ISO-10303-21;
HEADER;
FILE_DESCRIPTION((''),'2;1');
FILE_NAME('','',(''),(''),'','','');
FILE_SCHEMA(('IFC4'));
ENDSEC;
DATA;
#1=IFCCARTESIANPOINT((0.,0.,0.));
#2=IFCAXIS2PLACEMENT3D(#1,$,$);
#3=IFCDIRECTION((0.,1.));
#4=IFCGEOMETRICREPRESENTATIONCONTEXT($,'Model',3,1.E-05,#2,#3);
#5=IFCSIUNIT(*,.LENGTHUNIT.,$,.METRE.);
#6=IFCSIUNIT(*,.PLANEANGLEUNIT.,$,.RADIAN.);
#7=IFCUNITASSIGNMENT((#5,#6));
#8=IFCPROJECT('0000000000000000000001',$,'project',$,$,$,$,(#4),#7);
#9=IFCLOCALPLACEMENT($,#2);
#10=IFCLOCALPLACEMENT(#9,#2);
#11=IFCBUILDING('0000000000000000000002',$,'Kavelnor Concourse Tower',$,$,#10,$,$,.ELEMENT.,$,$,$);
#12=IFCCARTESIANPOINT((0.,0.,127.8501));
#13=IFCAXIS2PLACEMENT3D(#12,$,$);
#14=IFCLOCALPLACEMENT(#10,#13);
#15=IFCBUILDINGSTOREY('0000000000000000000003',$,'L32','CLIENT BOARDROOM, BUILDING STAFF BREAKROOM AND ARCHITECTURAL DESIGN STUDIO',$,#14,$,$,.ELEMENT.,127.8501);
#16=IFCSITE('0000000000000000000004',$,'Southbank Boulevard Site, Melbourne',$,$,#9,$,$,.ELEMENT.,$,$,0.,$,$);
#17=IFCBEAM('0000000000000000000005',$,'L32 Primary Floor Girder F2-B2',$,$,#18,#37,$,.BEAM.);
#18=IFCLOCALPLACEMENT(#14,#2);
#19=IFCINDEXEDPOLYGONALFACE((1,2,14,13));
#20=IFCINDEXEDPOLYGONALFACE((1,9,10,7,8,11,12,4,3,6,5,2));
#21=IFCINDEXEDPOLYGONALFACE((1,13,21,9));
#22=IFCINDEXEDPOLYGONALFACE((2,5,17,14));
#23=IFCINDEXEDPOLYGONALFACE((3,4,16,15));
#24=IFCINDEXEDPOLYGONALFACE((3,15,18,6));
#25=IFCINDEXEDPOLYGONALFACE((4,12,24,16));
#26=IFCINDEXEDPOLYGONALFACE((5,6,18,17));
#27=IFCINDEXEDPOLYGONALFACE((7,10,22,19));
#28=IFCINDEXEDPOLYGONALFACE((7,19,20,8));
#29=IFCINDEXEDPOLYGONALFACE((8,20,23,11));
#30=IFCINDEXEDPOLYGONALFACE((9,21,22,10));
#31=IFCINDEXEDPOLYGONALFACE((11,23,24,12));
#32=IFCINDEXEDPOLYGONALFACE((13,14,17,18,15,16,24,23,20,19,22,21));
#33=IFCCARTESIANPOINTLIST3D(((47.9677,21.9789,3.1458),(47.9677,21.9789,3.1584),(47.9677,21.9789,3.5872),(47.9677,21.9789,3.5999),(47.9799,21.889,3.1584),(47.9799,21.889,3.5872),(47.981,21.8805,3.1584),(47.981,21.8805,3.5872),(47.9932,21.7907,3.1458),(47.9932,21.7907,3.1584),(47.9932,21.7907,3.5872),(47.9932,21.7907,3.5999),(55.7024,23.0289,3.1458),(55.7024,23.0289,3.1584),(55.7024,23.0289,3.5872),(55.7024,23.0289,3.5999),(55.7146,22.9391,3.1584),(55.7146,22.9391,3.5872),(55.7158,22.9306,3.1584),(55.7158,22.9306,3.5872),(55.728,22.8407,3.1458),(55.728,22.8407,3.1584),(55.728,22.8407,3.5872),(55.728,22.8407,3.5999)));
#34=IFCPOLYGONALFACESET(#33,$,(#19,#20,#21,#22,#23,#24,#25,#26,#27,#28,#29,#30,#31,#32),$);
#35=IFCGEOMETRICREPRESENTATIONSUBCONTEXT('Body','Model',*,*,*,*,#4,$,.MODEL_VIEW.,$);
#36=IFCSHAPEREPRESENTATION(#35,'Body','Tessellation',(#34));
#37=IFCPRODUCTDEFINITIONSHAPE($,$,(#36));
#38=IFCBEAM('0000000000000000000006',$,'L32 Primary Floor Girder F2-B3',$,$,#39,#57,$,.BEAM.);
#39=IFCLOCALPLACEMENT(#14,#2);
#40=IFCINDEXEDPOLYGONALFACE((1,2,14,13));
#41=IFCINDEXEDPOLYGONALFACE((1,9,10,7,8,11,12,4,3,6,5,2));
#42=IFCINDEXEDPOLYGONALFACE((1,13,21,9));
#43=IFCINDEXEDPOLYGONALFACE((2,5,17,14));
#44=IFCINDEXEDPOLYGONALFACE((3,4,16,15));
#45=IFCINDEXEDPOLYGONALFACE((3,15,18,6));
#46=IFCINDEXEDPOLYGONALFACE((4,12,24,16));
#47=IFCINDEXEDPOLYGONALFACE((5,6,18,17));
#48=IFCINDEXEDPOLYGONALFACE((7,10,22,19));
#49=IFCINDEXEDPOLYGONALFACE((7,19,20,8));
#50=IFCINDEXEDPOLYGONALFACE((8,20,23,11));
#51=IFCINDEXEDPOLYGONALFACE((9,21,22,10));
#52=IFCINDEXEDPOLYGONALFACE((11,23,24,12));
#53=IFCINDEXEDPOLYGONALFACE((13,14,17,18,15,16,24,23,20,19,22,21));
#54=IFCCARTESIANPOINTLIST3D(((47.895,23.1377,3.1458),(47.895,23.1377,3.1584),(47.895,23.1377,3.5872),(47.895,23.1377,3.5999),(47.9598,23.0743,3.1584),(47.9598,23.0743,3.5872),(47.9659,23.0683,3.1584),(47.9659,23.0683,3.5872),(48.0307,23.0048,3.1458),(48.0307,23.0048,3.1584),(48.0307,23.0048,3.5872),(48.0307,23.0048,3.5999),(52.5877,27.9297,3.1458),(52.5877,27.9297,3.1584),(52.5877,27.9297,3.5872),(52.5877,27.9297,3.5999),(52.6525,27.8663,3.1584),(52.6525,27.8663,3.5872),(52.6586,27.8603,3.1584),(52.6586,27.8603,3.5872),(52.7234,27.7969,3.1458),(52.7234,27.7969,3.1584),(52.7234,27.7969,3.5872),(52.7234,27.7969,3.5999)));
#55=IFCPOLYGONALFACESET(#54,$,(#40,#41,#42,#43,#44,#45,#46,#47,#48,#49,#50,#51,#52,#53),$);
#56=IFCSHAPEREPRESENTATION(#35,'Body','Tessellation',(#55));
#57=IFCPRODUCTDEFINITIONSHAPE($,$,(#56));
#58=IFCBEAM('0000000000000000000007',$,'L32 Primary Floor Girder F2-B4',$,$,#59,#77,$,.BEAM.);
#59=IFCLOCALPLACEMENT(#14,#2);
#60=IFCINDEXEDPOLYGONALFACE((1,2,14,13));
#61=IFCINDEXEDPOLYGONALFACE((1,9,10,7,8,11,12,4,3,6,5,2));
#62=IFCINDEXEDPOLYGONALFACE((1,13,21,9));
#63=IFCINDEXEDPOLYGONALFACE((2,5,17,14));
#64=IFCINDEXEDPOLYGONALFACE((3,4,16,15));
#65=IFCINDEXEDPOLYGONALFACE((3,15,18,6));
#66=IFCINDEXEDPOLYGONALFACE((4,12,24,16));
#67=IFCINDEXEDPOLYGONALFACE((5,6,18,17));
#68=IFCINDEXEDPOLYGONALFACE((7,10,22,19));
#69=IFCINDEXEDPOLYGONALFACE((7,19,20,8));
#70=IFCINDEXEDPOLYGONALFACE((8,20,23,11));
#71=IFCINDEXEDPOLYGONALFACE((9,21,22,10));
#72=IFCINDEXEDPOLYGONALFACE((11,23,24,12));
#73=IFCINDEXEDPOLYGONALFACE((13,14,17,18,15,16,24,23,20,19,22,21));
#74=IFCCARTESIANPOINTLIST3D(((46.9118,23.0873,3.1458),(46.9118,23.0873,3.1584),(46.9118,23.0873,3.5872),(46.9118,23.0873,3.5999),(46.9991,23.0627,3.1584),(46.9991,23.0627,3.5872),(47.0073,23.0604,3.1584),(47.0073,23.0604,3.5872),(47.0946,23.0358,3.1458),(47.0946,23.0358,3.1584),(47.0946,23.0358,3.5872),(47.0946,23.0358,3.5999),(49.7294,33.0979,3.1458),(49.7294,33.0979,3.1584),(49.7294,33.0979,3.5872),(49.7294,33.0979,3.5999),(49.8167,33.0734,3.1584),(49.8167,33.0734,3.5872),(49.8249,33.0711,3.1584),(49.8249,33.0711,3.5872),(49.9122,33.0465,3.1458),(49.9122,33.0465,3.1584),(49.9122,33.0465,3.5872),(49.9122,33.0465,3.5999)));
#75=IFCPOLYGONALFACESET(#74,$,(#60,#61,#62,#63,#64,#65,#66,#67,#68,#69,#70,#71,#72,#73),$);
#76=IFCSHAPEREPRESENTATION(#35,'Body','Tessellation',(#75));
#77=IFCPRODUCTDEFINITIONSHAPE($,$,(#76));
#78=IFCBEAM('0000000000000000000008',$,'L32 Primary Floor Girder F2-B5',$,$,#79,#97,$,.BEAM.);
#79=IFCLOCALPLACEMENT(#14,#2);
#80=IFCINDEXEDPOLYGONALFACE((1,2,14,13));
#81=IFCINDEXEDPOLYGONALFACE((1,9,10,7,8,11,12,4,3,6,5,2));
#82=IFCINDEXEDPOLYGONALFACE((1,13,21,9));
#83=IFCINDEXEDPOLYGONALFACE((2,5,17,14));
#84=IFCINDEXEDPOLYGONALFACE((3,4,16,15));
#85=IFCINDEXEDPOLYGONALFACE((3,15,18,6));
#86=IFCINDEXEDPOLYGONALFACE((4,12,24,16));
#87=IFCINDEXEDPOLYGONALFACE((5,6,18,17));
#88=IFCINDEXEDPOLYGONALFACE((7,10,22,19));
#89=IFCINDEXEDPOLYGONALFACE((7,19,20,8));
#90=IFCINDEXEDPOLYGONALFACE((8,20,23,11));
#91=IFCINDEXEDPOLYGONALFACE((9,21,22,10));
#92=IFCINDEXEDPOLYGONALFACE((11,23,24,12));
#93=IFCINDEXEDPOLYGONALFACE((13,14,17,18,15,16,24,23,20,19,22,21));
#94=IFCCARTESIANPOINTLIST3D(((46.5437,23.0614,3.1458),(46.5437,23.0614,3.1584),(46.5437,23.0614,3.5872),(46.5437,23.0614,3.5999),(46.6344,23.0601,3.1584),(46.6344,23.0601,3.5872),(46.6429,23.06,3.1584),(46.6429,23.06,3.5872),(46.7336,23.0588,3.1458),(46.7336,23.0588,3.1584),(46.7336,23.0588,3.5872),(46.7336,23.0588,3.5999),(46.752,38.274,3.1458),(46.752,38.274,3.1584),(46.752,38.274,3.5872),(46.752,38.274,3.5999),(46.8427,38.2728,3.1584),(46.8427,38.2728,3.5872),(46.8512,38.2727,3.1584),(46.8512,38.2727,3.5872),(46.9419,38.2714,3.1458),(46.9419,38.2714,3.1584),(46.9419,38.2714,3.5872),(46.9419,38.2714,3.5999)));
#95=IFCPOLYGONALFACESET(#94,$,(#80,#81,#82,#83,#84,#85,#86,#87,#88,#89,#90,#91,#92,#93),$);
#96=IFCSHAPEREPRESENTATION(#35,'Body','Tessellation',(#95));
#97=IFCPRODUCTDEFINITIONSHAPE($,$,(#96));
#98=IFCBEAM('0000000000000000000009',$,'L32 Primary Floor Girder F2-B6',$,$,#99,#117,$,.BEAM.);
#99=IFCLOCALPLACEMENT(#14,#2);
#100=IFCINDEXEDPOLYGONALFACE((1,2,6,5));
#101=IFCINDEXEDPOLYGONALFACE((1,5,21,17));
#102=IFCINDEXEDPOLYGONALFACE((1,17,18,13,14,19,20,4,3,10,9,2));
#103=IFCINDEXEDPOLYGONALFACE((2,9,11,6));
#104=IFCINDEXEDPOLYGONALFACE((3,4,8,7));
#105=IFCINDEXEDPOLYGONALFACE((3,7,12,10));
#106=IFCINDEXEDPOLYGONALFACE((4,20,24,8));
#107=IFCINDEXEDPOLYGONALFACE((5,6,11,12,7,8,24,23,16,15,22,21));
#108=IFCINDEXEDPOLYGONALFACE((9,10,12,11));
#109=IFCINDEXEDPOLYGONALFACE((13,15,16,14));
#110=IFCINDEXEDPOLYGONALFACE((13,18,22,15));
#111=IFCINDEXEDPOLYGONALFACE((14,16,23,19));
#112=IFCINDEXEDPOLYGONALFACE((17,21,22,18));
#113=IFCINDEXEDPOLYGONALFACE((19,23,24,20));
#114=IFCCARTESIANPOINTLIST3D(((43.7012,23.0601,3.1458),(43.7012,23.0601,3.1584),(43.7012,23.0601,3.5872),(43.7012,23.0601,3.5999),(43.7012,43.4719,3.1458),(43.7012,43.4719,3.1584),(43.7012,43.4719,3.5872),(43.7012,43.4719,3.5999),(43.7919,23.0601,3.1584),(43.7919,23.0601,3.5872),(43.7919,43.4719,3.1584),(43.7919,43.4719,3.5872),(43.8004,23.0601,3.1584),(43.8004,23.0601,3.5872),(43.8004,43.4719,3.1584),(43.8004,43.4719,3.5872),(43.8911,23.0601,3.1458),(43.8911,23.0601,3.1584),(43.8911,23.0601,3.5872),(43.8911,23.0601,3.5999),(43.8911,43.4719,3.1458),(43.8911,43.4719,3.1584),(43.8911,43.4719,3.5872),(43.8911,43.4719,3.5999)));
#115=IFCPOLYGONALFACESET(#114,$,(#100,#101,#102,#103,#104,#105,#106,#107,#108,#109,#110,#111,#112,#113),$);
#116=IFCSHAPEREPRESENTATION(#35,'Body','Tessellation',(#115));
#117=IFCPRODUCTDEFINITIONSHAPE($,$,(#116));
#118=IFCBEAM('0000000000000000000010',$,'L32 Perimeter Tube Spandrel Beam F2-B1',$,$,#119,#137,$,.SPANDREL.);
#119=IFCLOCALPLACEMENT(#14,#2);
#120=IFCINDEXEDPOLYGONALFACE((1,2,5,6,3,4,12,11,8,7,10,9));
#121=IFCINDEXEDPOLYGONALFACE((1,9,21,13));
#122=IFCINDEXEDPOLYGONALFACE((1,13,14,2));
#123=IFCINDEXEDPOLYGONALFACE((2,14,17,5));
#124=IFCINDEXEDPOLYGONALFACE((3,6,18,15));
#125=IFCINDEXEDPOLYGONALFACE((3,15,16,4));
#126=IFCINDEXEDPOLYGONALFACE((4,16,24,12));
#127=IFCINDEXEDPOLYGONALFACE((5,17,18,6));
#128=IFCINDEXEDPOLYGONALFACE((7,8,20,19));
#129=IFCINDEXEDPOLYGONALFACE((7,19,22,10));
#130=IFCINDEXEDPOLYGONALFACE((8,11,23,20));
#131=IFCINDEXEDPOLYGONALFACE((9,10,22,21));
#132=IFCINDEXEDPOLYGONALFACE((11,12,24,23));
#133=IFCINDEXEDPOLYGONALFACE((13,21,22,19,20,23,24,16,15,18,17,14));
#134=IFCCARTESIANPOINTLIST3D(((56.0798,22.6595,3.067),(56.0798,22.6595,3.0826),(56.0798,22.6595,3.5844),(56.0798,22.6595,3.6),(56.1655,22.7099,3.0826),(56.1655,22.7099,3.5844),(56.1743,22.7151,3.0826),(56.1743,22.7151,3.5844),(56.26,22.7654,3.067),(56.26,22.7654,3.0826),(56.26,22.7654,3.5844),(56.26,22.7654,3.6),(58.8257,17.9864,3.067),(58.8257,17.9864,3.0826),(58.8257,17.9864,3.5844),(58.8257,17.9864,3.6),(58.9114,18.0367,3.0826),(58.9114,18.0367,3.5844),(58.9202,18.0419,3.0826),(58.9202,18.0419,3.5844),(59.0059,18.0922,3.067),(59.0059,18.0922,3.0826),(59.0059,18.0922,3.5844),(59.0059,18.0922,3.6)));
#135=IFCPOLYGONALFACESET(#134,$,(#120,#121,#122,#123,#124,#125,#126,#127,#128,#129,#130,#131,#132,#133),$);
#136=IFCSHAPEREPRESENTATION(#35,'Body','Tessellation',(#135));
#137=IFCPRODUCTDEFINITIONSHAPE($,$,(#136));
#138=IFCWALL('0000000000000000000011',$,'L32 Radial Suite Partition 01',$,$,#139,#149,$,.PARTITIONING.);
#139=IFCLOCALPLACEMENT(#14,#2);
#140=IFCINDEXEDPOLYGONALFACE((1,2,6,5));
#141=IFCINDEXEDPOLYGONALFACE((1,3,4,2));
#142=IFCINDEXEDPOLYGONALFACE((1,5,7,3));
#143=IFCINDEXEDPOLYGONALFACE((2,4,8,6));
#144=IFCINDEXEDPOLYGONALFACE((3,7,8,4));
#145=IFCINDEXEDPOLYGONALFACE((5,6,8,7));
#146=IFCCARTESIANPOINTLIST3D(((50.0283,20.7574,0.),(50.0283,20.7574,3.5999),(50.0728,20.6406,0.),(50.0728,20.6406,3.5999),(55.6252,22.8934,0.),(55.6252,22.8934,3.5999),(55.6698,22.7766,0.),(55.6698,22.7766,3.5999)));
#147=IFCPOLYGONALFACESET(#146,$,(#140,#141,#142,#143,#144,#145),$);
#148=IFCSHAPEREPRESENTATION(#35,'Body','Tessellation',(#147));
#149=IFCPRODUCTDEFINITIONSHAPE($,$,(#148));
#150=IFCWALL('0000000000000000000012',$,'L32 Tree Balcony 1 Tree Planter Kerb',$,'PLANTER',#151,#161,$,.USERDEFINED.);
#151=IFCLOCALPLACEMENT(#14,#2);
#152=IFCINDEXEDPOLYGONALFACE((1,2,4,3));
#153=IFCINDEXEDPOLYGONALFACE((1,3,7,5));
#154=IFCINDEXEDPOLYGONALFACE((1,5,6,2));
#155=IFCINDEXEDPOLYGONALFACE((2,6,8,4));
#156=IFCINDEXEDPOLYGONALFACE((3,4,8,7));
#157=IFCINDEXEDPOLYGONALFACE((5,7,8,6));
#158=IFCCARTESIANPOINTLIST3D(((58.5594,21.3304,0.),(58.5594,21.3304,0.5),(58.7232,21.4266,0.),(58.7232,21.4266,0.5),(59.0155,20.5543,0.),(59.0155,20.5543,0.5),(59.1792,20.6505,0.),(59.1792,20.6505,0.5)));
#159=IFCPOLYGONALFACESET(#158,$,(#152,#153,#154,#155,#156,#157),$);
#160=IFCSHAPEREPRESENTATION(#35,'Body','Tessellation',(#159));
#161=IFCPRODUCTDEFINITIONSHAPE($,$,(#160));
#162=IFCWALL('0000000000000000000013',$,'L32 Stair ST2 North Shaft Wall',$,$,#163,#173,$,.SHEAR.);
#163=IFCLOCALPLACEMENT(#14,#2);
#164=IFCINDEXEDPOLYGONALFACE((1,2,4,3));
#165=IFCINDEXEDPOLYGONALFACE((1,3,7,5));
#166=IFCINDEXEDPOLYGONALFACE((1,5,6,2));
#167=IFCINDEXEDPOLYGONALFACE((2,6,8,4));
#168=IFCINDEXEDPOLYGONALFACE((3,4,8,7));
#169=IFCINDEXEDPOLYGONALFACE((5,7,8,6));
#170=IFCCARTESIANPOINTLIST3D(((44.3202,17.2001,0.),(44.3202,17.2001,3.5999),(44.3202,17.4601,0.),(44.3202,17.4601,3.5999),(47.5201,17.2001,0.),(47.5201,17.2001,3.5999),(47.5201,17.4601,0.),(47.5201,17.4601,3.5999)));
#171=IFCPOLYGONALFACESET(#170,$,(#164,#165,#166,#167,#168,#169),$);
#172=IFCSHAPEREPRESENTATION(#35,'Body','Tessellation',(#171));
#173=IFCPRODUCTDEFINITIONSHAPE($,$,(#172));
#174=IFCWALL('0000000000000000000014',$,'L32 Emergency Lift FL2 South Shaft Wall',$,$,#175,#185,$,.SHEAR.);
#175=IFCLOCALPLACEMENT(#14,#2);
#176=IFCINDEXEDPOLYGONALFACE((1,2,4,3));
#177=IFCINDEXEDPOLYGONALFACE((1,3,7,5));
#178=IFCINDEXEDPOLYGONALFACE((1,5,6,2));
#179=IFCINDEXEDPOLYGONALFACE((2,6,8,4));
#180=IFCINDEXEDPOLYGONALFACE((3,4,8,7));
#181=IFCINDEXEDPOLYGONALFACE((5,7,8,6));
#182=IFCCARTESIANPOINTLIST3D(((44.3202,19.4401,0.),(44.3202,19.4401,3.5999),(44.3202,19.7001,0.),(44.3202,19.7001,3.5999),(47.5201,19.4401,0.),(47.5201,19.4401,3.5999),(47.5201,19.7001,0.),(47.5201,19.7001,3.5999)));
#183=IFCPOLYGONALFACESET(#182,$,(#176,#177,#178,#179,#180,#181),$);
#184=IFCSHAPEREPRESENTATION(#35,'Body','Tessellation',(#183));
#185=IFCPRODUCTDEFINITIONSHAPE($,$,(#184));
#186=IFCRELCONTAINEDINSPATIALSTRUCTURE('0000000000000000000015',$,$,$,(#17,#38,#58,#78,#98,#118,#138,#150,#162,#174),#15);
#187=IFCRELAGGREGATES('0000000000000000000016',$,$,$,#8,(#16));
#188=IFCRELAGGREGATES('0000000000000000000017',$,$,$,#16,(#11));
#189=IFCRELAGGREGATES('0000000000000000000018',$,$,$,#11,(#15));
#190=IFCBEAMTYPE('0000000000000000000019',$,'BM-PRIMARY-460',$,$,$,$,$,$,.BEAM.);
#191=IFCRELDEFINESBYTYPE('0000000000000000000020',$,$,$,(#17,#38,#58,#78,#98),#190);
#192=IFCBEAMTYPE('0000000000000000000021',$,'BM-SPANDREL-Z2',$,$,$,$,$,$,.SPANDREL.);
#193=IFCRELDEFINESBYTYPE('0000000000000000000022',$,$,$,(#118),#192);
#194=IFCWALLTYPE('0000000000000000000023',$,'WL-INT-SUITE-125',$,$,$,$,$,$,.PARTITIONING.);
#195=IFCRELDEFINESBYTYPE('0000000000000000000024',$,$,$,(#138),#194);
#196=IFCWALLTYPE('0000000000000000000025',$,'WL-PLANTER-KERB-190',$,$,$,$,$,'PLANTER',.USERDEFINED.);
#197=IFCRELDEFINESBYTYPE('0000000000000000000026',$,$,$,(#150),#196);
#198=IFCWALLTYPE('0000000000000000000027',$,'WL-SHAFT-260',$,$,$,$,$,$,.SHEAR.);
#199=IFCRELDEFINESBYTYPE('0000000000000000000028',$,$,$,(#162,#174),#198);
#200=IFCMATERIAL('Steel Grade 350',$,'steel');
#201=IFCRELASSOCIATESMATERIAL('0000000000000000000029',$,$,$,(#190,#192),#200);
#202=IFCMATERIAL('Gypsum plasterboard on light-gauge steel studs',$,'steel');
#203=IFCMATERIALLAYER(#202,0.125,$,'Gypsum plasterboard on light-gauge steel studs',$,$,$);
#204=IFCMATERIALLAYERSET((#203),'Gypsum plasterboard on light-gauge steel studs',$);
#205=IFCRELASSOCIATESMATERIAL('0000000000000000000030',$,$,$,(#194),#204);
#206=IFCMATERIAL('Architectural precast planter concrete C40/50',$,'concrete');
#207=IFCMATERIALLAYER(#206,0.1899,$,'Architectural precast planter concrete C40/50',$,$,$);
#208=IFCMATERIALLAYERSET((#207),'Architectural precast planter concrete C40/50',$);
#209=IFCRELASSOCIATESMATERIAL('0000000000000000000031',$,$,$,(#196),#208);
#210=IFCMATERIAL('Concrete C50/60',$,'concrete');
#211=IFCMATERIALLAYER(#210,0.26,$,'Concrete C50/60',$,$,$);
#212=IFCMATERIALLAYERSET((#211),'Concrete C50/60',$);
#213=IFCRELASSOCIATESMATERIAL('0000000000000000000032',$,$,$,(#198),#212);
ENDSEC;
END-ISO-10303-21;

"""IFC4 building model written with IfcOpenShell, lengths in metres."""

from ifc_helpers import new_model, si_unit, direction, frame, frame_2d, origin, origin_2d, place, context, subcontext, project, spatial, rectangle, i_section, extrude, material, layer, layer_set, material_profile, profile_set, type_object, element, save


model = new_model("IFC4")

# Units and contexts
model_context = context("Model", 3, precision=1e-05, world=origin(), true_north=direction((0.0, 1.0)))
body_context = subcontext(model_context, "Body", "Model", "MODEL_VIEW")
ifc_project = project(units=[si_unit("LENGTHUNIT", "METRE"), si_unit("PLANEANGLEUNIT", "RADIAN")], contexts=[model_context])

# Site, building, storey
site_placement = place(None, origin())
site = spatial("IfcSite", under=ifc_project, at=site_placement, Name="Southbank Boulevard Site, Melbourne", CompositionType="ELEMENT", RefElevation=0.0)
building_placement = place(site_placement, origin())
building = spatial("IfcBuilding", under=site, at=building_placement, Name="Kavelnor Concourse Tower", CompositionType="ELEMENT")
storey_placement = place(building_placement, frame((0.0, 0.0, 127.8501)))
storey = spatial("IfcBuildingStorey", under=building, at=storey_placement, Name="L32", Description="CLIENT BOARDROOM, BUILDING STAFF BREAKROOM AND ARCHITECTURAL DESIGN STUDIO", CompositionType="ELEMENT", Elevation=127.8501)

# Shared definitions
ifc_material_1 = material(Name="Steel Grade 350", Category="steel")

# Beams
ifc_material_profile_1 = material_profile(ifc_material_1, i_section(OverallWidth=0.1899, OverallDepth=0.4541, WebThickness=0.0085, FlangeThickness=0.0127, at=origin_2d()), Name="460UB67")
ifc_profile_set_1 = profile_set([ifc_material_profile_1], Name="Steel Grade 350")
beam_type_1 = type_object("IfcBeamType", Name="BM-PRIMARY-460", PredefinedType="BEAM", material=ifc_profile_set_1)
beam_1_placement = place(storey_placement, frame((47.9805, 21.8848, 3.3728), z_axis=(0.99091, 0.134526, 0.0), x_axis=(-0.134526, 0.99091, 0.0)))
element("IfcBeam", 1, at=beam_1_placement, inside=storey, type_object=beam_type_1, Name="L32 Primary Floor Girder F2-B2", PredefinedType="BEAM", context=body_context, shape_type="SweptSolid", body=[
    extrude(i_section(OverallWidth=0.1899, OverallDepth=0.4541, WebThickness=0.0085, FlangeThickness=0.0127, at=origin_2d()), origin(), (0.0, 0.0, 1.0), 7.8057),
])
beam_2_placement = place(storey_placement, frame((47.9629, 23.0713, 3.3728), z_axis=(0.69966, 0.714476, 0.0), x_axis=(-0.714476, 0.69966, 0.0)))
element("IfcBeam", 2, at=beam_2_placement, inside=storey, type_object=beam_type_1, Name="L32 Primary Floor Girder F2-B3", PredefinedType="BEAM", context=body_context, shape_type="SweptSolid", body=[
    extrude(i_section(OverallWidth=0.1899, OverallDepth=0.4541, WebThickness=0.0085, FlangeThickness=0.0127, at=origin_2d()), origin(), (0.0, 0.0, 1.0), 6.707),
])
beam_3_placement = place(storey_placement, frame((47.0032, 23.0615, 3.3728), z_axis=(0.270933, 0.962598, 0.0), x_axis=(-0.962598, 0.270933, 0.0)))
element("IfcBeam", 3, at=beam_3_placement, inside=storey, type_object=beam_type_1, Name="L32 Primary Floor Girder F2-B4", PredefinedType="BEAM", context=body_context, shape_type="SweptSolid", body=[
    extrude(i_section(OverallWidth=0.1899, OverallDepth=0.4541, WebThickness=0.0085, FlangeThickness=0.0127, at=origin_2d()), origin(), (0.0, 0.0, 1.0), 10.3997),
])
beam_4_placement = place(storey_placement, frame((46.6387, 23.0601, 3.3728), z_axis=(0.013688, 0.999906, 0.0), x_axis=(-0.999906, 0.013688, 0.0)))
element("IfcBeam", 4, at=beam_4_placement, inside=storey, type_object=beam_type_1, Name="L32 Primary Floor Girder F2-B5", PredefinedType="BEAM", context=body_context, shape_type="SweptSolid", body=[
    extrude(i_section(OverallWidth=0.1899, OverallDepth=0.4541, WebThickness=0.0085, FlangeThickness=0.0127, at=origin_2d()), origin(), (0.0, 0.0, 1.0), 15.2141),
])
beam_5_placement = place(storey_placement, frame((43.7961, 23.0601, 3.3728), z_axis=(0.0, 1.0, 0.0), x_axis=(-1.0, 0.0, 0.0)))
element("IfcBeam", 5, at=beam_5_placement, inside=storey, type_object=beam_type_1, Name="L32 Primary Floor Girder F2-B6", PredefinedType="BEAM", context=body_context, shape_type="SweptSolid", body=[
    extrude(i_section(OverallWidth=0.1899, OverallDepth=0.4541, WebThickness=0.0085, FlangeThickness=0.0127, at=origin_2d()), origin(), (0.0, 0.0, 1.0), 20.4119),
])
ifc_material_profile_2 = material_profile(ifc_material_1, i_section(OverallWidth=0.209, OverallDepth=0.533, WebThickness=0.0103, FlangeThickness=0.0156, at=origin_2d()), Name="530UB92")
ifc_profile_set_2 = profile_set([ifc_material_profile_2], Name="Steel Grade 350")
beam_type_2 = type_object("IfcBeamType", Name="BM-SPANDREL-Z2", PredefinedType="SPANDREL", material=ifc_profile_set_2)
beam_6_placement = place(storey_placement, frame((58.9158, 18.0393, 3.3335), z_axis=(-0.506605, 0.862178, 0.0), x_axis=(-0.862178, -0.506605, 0.0)))
element("IfcBeam", 6, at=beam_6_placement, inside=storey, type_object=beam_type_2, Name="L32 Perimeter Tube Spandrel Beam F2-B1", PredefinedType="SPANDREL", context=body_context, shape_type="SweptSolid", body=[
    extrude(i_section(OverallWidth=0.209, OverallDepth=0.533, WebThickness=0.0103, FlangeThickness=0.0156, at=origin_2d()), origin(), (0.0, 0.0, 1.0), 5.4202),
])

# Walls
ifc_material_2 = material(Name="Gypsum plasterboard on light-gauge steel studs", Category="steel")
ifc_layer_1 = layer(ifc_material_2, 0.125, Name="Gypsum plasterboard on light-gauge steel studs")
ifc_layer_set_1 = layer_set([ifc_layer_1], Name="Gypsum plasterboard on light-gauge steel studs")
wall_type_1 = type_object("IfcWallType", Name="WL-INT-SUITE-125", PredefinedType="PARTITIONING", material=ifc_layer_set_1)
wall_1_placement = place(storey_placement, frame((50.0505, 20.699, 0.0), z_axis=(0.0, 0.0, 1.0), x_axis=(0.934275, 0.356553, 0.0)))
element("IfcWall", 7, at=wall_1_placement, inside=storey, type_object=wall_type_1, Name="L32 Radial Suite Partition 01", PredefinedType="PARTITIONING", context=body_context, shape_type="SweptSolid", body=[
    extrude(rectangle(XDim=5.9907, YDim=0.125, at=frame_2d((2.9954, 0.0))), origin(), (0.0, 0.0, 1.0), 3.5999),
])
ifc_material_3 = material(Name="Architectural precast planter concrete C40/50", Category="concrete")
ifc_layer_2 = layer(ifc_material_3, 0.1899, Name="Architectural precast planter concrete C40/50")
ifc_layer_set_2 = layer_set([ifc_layer_2], Name="Architectural precast planter concrete C40/50")
wall_type_2 = type_object("IfcWallType", Name="WL-PLANTER-KERB-190", ElementType="PLANTER", PredefinedType="USERDEFINED", material=ifc_layer_set_2)
wall_2_placement = place(storey_placement, frame((59.0974, 20.6023, 0.0), z_axis=(0.0, 0.0, 1.0), x_axis=(-0.506617, 0.862171, 0.0)))
element("IfcWall", 8, at=wall_2_placement, inside=storey, type_object=wall_type_2, Name="L32 Tree Balcony 1 Tree Planter Kerb", ObjectType="PLANTER", PredefinedType="USERDEFINED", context=body_context, shape_type="SweptSolid", body=[
    extrude(rectangle(XDim=0.9001, YDim=0.1899, at=frame_2d((0.4502, 0.0))), origin(), (0.0, 0.0, 1.0), 0.5),
])
ifc_material_4 = material(Name="Concrete C50/60", Category="concrete")
ifc_layer_3 = layer(ifc_material_4, 0.26, Name="Concrete C50/60")
ifc_layer_set_3 = layer_set([ifc_layer_3], Name="Concrete C50/60")
wall_type_3 = type_object("IfcWallType", Name="WL-SHAFT-260", PredefinedType="SHEAR", material=ifc_layer_set_3)
for number, where, z_axis, x_axis, name in (
    (9, (44.3201, 17.3301, 0.0), (0.0, 0.0, 1.0), (1.0, 0.0, 0.0), "L32 Stair ST2 North Shaft Wall"),
    (10, (44.3201, 19.5701, 0.0), (0.0, 0.0, 1.0), (1.0, 0.0, 0.0), "L32 Emergency Lift FL2 South Shaft Wall"),
):
    element("IfcWall", number, at=place(storey_placement, frame(where, z_axis=z_axis, x_axis=x_axis)), inside=storey, type_object=wall_type_3, Name=name, PredefinedType="SHEAR", context=body_context, shape_type="SweptSolid", body=[
        extrude(rectangle(XDim=3.2, YDim=0.26, at=frame_2d((1.6001, 0.0))), origin(), (0.0, 0.0, 1.0), 3.5999),
    ])

save(model, "model.ifc")
